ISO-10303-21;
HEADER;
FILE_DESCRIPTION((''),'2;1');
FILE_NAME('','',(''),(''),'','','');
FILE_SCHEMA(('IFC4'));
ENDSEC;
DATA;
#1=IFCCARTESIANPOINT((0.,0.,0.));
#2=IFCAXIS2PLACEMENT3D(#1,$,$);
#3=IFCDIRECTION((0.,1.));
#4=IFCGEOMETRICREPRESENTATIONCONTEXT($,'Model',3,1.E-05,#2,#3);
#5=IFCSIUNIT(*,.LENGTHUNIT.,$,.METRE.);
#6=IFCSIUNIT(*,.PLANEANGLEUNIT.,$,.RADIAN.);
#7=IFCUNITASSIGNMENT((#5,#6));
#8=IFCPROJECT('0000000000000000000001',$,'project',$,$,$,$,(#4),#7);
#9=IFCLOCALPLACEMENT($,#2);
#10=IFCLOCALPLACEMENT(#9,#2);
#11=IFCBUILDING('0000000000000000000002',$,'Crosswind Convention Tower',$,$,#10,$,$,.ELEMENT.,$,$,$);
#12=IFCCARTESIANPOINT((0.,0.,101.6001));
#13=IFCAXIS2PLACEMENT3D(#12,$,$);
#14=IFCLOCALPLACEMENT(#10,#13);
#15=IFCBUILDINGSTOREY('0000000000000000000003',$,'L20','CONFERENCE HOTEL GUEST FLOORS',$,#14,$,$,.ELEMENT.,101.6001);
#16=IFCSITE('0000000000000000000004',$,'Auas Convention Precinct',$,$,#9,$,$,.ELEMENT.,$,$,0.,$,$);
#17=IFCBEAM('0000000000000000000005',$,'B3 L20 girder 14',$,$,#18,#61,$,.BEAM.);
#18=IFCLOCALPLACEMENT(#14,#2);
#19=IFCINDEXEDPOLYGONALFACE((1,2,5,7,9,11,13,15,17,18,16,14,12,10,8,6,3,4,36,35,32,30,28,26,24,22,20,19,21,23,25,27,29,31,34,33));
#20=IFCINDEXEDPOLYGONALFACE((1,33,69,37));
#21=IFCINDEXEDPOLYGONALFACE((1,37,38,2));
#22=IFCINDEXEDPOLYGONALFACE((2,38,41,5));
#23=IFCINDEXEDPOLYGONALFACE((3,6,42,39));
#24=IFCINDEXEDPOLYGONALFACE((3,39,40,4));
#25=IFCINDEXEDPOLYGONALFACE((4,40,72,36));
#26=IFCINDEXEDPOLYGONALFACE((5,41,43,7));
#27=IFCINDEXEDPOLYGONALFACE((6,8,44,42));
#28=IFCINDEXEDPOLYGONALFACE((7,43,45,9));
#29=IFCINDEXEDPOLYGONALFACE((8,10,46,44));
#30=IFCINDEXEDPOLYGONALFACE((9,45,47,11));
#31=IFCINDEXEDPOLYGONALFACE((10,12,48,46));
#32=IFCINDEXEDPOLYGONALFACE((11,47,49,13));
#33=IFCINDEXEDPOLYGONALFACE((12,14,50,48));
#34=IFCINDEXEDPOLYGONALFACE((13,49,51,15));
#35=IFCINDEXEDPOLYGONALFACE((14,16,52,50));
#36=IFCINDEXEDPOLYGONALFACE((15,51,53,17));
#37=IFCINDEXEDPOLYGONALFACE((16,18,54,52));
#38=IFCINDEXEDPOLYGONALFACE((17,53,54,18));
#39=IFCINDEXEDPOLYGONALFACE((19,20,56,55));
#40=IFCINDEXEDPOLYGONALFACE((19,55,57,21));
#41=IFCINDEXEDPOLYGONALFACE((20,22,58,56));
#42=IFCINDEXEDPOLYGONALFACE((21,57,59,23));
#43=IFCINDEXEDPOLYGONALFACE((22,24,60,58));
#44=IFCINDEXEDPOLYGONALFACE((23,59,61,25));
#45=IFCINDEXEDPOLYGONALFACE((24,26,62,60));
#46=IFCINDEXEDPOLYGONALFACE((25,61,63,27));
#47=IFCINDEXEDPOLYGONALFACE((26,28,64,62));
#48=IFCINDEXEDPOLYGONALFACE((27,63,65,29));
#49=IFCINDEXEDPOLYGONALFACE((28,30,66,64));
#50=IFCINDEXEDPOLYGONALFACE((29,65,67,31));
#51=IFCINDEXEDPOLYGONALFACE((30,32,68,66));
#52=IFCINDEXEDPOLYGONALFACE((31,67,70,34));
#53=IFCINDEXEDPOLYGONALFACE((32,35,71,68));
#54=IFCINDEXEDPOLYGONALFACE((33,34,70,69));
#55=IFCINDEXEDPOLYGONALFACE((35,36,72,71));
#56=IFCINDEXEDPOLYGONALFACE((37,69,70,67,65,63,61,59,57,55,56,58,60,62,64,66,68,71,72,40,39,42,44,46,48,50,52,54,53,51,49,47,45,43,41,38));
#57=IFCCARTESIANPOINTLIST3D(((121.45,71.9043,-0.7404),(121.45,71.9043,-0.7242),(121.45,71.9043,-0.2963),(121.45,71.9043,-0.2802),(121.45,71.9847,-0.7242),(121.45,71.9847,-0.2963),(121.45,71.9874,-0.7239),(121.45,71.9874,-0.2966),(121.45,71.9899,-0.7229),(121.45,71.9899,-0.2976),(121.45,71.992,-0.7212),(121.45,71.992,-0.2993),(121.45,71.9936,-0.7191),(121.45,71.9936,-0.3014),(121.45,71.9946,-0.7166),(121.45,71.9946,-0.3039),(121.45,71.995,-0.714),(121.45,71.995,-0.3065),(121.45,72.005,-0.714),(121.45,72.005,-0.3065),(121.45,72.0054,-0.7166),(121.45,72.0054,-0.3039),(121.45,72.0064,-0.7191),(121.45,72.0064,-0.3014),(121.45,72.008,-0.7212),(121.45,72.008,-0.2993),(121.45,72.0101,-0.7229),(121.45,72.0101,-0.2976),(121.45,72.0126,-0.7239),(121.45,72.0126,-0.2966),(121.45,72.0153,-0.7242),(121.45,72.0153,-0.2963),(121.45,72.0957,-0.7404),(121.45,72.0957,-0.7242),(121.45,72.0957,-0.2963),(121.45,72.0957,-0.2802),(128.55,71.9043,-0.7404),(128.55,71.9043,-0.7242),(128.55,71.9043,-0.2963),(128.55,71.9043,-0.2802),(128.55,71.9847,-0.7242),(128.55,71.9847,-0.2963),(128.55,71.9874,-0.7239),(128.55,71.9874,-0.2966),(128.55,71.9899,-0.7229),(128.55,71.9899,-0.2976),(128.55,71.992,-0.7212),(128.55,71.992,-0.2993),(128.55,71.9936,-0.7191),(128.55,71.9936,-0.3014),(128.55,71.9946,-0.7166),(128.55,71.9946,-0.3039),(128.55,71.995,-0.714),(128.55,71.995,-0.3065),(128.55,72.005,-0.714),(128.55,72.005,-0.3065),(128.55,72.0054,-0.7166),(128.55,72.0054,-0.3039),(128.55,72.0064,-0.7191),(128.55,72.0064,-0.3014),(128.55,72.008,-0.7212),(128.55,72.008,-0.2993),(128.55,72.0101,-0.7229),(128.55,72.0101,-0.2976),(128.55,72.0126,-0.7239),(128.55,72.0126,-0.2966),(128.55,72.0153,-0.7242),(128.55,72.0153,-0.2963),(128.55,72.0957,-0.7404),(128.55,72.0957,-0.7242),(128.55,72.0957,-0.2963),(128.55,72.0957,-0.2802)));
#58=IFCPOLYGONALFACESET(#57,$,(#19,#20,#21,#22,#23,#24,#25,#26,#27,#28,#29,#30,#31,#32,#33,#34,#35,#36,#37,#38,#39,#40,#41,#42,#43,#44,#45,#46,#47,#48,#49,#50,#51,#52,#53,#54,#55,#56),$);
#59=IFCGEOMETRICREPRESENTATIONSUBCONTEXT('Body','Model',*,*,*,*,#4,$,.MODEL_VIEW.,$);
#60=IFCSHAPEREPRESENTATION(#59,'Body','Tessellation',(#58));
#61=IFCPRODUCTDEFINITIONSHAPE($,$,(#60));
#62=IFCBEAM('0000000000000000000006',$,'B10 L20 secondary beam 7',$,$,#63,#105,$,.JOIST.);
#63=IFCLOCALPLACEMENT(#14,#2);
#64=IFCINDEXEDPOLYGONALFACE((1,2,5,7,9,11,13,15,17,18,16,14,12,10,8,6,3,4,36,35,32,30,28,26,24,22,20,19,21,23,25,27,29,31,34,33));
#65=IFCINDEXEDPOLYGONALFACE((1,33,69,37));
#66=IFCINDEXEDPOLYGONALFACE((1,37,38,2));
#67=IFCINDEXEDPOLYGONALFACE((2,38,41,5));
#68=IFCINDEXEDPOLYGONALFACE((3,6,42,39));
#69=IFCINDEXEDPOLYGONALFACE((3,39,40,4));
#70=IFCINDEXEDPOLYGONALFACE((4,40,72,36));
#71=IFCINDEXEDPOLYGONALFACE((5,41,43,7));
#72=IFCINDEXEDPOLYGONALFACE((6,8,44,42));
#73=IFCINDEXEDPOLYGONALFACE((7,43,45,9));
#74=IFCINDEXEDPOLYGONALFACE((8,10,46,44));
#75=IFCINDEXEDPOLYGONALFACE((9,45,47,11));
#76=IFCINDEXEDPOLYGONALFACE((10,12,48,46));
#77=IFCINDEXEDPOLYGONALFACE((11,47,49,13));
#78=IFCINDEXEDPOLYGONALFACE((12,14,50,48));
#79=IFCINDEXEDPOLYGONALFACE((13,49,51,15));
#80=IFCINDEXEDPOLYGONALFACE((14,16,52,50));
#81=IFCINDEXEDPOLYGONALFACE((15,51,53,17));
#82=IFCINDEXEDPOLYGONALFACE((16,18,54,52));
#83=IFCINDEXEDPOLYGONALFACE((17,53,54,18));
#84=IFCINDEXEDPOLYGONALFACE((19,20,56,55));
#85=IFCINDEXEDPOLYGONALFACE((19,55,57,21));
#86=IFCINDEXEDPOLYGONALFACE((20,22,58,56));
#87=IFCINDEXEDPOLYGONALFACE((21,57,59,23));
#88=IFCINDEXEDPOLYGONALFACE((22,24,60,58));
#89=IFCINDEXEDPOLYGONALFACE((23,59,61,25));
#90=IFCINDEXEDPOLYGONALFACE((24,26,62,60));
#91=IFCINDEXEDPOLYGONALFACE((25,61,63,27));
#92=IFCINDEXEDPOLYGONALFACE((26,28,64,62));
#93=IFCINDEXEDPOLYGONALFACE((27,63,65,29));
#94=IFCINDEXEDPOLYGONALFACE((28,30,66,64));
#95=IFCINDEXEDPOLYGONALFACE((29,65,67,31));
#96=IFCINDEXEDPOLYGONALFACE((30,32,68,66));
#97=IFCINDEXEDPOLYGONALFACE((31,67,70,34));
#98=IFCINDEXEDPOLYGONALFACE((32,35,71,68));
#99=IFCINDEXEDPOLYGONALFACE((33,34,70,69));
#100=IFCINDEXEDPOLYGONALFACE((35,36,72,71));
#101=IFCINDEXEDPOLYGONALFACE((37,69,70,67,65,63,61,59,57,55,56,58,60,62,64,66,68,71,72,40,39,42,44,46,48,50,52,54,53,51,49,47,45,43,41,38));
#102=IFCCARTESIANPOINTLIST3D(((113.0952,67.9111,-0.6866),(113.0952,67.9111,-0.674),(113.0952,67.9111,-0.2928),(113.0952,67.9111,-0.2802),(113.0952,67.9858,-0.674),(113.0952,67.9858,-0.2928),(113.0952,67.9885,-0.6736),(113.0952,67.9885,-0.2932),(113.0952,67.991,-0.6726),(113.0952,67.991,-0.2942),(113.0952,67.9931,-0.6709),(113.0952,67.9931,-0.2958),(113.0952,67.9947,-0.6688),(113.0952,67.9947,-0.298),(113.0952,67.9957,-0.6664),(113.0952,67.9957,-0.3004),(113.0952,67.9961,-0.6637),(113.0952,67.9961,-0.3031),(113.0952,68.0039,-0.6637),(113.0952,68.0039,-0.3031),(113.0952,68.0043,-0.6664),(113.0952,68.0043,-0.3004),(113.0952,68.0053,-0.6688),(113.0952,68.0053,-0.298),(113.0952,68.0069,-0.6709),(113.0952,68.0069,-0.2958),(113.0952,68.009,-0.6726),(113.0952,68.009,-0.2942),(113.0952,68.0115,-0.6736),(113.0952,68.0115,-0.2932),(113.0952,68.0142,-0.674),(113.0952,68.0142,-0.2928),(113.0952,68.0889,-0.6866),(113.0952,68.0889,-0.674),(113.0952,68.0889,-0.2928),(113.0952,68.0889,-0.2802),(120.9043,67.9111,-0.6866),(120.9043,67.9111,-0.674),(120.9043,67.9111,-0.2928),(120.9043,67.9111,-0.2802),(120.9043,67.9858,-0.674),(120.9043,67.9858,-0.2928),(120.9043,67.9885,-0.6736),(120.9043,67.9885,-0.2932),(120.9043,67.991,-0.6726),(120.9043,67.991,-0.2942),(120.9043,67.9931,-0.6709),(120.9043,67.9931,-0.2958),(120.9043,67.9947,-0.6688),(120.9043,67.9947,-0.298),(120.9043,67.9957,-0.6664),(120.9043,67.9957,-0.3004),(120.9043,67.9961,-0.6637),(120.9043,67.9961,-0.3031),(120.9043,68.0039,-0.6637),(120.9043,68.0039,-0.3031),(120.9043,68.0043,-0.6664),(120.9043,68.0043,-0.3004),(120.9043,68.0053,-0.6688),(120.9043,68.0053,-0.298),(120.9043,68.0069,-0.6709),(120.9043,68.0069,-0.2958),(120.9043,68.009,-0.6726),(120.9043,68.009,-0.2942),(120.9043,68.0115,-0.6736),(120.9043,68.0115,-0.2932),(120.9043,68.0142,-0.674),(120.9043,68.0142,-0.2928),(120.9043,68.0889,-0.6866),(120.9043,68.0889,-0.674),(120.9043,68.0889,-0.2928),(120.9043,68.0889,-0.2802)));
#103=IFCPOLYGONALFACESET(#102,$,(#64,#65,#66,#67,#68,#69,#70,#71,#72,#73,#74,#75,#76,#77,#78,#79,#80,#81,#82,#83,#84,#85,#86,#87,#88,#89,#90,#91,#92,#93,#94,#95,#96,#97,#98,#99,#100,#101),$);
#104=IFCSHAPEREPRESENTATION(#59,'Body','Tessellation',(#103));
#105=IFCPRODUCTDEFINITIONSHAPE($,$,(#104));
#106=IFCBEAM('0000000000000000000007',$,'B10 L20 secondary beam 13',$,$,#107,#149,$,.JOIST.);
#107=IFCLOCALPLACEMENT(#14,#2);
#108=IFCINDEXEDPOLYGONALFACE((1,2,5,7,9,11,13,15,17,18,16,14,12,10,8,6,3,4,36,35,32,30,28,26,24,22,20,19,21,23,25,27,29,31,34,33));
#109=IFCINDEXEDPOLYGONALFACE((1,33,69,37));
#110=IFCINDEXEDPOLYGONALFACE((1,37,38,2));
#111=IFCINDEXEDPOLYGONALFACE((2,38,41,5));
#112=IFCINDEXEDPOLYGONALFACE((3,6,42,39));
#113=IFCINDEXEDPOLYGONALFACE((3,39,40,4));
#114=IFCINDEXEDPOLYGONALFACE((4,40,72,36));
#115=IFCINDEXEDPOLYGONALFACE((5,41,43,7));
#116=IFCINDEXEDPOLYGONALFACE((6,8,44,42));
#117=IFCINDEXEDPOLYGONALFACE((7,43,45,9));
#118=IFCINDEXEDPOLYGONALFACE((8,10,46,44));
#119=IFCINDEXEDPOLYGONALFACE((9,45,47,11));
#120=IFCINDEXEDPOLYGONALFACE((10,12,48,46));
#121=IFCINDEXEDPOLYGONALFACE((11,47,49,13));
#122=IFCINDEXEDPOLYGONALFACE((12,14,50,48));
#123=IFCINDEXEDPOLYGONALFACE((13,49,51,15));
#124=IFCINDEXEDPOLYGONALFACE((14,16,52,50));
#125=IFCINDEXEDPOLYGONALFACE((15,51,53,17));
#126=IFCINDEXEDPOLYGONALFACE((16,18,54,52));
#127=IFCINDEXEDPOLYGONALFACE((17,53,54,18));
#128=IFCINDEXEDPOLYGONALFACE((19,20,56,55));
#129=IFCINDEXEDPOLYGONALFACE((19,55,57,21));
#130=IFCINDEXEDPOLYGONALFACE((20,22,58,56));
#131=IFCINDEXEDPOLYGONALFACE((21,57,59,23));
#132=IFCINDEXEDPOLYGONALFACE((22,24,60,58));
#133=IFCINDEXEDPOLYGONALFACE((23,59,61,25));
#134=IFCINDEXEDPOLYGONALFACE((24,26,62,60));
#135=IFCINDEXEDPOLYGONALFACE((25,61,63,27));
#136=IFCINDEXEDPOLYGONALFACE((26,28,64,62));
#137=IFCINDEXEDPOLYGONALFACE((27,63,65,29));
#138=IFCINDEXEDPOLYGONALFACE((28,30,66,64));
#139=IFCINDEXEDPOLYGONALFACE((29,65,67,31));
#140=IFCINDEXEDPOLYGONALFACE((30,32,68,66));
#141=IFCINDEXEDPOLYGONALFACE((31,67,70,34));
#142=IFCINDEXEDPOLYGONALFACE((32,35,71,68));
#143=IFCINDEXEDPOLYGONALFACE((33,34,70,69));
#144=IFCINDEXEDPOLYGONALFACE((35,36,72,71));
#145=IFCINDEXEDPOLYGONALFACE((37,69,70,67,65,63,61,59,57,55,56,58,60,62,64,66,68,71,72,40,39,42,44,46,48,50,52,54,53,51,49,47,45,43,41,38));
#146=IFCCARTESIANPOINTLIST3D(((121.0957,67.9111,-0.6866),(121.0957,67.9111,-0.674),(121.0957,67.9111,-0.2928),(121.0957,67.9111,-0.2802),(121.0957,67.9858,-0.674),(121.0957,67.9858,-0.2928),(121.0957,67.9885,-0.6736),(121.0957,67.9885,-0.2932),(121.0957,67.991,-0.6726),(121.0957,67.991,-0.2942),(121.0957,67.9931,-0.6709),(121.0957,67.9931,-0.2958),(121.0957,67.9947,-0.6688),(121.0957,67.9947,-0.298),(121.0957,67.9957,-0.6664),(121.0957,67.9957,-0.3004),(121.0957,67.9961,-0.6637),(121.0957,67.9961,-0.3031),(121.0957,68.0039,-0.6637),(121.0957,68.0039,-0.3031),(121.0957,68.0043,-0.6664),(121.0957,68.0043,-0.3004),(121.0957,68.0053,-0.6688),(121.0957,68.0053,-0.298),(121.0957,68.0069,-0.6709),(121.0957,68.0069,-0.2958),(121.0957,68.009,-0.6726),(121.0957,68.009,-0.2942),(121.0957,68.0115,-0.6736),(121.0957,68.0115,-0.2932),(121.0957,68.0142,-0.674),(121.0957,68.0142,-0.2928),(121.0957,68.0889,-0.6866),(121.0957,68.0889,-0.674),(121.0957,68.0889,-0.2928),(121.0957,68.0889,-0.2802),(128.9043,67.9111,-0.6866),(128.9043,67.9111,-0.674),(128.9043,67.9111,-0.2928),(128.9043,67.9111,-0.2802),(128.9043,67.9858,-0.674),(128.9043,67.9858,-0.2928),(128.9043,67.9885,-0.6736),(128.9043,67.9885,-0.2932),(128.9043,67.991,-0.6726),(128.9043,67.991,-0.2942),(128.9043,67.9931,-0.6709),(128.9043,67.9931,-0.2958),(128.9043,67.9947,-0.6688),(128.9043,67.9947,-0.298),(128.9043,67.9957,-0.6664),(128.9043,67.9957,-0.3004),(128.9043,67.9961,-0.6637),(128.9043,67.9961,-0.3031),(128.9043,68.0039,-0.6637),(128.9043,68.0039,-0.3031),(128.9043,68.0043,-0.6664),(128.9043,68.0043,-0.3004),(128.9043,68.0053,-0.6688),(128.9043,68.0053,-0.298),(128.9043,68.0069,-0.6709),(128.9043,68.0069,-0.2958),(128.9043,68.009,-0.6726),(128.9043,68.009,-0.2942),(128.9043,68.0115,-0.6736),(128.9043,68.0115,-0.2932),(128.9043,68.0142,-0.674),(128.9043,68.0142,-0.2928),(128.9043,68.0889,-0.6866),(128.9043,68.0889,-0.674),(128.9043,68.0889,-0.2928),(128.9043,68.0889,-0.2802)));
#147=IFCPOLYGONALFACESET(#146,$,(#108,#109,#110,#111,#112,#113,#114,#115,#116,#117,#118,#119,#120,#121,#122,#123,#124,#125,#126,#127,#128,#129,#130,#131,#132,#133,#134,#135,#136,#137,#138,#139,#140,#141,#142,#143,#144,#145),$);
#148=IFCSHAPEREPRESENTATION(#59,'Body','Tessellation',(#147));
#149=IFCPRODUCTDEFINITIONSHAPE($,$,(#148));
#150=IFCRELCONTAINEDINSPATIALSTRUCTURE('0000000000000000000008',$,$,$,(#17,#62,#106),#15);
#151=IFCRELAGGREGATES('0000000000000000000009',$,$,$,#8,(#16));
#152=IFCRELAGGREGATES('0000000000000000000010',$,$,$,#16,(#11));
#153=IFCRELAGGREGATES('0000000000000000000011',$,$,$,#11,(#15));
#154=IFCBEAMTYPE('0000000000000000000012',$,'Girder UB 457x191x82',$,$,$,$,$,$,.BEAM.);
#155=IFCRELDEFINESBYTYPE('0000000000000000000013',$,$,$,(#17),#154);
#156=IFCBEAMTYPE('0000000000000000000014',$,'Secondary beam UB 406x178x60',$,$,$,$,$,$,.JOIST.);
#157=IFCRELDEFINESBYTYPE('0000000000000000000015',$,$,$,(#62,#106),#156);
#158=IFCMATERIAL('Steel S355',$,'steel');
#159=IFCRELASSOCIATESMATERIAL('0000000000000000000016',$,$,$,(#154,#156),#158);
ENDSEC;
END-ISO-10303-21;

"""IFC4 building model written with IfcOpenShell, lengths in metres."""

from ifc_helpers import new_model, si_unit, direction, frame, origin, origin_2d, place, context, subcontext, project, spatial, i_section, extrude, material, material_profile, profile_set, type_object, element, save


model = new_model("IFC4")

# Units and contexts
model_context = context("Model", 3, precision=1e-05, world=origin(), true_north=direction((0.0, 1.0)))
body_context = subcontext(model_context, "Body", "Model", "MODEL_VIEW")
ifc_project = project(units=[si_unit("LENGTHUNIT", "METRE"), si_unit("PLANEANGLEUNIT", "RADIAN")], contexts=[model_context])

# Site, building, storey
site_placement = place(None, origin())
site = spatial("IfcSite", under=ifc_project, at=site_placement, Name="Auas Convention Precinct", CompositionType="ELEMENT", RefElevation=0.0)
building_placement = place(site_placement, origin())
building = spatial("IfcBuilding", under=site, at=building_placement, Name="Crosswind Convention Tower", CompositionType="ELEMENT")
storey_placement = place(building_placement, frame((0.0, 0.0, 101.6001)))
storey = spatial("IfcBuildingStorey", under=building, at=storey_placement, Name="L20", Description="CONFERENCE HOTEL GUEST FLOORS", CompositionType="ELEMENT", Elevation=101.6001)

# Beams
ifc_material_1 = material(Name="Steel S355", Category="steel")
ifc_material_profile_1 = material_profile(ifc_material_1, i_section(OverallWidth=0.1914, OverallDepth=0.4602, WebThickness=0.01, FlangeThickness=0.0161, FilletRadius=0.0103, at=origin_2d()), Name="UB 457x191x82")
ifc_profile_set_1 = profile_set([ifc_material_profile_1], Name="Steel S355")
beam_type_1 = type_object("IfcBeamType", Name="Girder UB 457x191x82", PredefinedType="BEAM", material=ifc_profile_set_1)
beam_1_placement = place(storey_placement, frame((121.45, 72.0, -0.5103), z_axis=(1.0, 0.0, 0.0), x_axis=(0.0, 1.0, 0.0)))
element("IfcBeam", 1, at=beam_1_placement, inside=storey, type_object=beam_type_1, Name="B3 L20 girder 14", PredefinedType="BEAM", context=body_context, shape_type="SweptSolid", body=[
    extrude(i_section(OverallWidth=0.1914, OverallDepth=0.4602, WebThickness=0.01, FlangeThickness=0.0161, FilletRadius=0.0103, at=origin_2d()), origin(), (0.0, 0.0, 1.0), 7.1001),
])
ifc_material_profile_2 = material_profile(ifc_material_1, i_section(OverallWidth=0.1777, OverallDepth=0.4065, WebThickness=0.0078, FlangeThickness=0.0127, FilletRadius=0.0103, at=origin_2d()), Name="UB 406x178x60")
ifc_profile_set_2 = profile_set([ifc_material_profile_2], Name="Steel S355")
beam_type_2 = type_object("IfcBeamType", Name="Secondary beam UB 406x178x60", PredefinedType="JOIST", material=ifc_profile_set_2)
beam_2_placement = place(storey_placement, frame((113.0952, 68.0, -0.4834), z_axis=(1.0, 0.0, 0.0), x_axis=(0.0, 1.0, 0.0)))
element("IfcBeam", 2, at=beam_2_placement, inside=storey, type_object=beam_type_2, Name="B10 L20 secondary beam 7", PredefinedType="JOIST", context=body_context, shape_type="SweptSolid", body=[
    extrude(i_section(OverallWidth=0.1777, OverallDepth=0.4065, WebThickness=0.0078, FlangeThickness=0.0127, FilletRadius=0.0103, at=origin_2d()), origin(), (0.0, 0.0, 1.0), 7.8091),
])
beam_3_placement = place(storey_placement, frame((121.0957, 68.0, -0.4834), z_axis=(1.0, 0.0, 0.0), x_axis=(0.0, 1.0, 0.0)))
element("IfcBeam", 3, at=beam_3_placement, inside=storey, type_object=beam_type_2, Name="B10 L20 secondary beam 13", PredefinedType="JOIST", context=body_context, shape_type="SweptSolid", body=[
    extrude(i_section(OverallWidth=0.1777, OverallDepth=0.4065, WebThickness=0.0078, FlangeThickness=0.0127, FilletRadius=0.0103, at=origin_2d()), origin(), (0.0, 0.0, 1.0), 7.8086),
])

save(model, "model.ifc")
